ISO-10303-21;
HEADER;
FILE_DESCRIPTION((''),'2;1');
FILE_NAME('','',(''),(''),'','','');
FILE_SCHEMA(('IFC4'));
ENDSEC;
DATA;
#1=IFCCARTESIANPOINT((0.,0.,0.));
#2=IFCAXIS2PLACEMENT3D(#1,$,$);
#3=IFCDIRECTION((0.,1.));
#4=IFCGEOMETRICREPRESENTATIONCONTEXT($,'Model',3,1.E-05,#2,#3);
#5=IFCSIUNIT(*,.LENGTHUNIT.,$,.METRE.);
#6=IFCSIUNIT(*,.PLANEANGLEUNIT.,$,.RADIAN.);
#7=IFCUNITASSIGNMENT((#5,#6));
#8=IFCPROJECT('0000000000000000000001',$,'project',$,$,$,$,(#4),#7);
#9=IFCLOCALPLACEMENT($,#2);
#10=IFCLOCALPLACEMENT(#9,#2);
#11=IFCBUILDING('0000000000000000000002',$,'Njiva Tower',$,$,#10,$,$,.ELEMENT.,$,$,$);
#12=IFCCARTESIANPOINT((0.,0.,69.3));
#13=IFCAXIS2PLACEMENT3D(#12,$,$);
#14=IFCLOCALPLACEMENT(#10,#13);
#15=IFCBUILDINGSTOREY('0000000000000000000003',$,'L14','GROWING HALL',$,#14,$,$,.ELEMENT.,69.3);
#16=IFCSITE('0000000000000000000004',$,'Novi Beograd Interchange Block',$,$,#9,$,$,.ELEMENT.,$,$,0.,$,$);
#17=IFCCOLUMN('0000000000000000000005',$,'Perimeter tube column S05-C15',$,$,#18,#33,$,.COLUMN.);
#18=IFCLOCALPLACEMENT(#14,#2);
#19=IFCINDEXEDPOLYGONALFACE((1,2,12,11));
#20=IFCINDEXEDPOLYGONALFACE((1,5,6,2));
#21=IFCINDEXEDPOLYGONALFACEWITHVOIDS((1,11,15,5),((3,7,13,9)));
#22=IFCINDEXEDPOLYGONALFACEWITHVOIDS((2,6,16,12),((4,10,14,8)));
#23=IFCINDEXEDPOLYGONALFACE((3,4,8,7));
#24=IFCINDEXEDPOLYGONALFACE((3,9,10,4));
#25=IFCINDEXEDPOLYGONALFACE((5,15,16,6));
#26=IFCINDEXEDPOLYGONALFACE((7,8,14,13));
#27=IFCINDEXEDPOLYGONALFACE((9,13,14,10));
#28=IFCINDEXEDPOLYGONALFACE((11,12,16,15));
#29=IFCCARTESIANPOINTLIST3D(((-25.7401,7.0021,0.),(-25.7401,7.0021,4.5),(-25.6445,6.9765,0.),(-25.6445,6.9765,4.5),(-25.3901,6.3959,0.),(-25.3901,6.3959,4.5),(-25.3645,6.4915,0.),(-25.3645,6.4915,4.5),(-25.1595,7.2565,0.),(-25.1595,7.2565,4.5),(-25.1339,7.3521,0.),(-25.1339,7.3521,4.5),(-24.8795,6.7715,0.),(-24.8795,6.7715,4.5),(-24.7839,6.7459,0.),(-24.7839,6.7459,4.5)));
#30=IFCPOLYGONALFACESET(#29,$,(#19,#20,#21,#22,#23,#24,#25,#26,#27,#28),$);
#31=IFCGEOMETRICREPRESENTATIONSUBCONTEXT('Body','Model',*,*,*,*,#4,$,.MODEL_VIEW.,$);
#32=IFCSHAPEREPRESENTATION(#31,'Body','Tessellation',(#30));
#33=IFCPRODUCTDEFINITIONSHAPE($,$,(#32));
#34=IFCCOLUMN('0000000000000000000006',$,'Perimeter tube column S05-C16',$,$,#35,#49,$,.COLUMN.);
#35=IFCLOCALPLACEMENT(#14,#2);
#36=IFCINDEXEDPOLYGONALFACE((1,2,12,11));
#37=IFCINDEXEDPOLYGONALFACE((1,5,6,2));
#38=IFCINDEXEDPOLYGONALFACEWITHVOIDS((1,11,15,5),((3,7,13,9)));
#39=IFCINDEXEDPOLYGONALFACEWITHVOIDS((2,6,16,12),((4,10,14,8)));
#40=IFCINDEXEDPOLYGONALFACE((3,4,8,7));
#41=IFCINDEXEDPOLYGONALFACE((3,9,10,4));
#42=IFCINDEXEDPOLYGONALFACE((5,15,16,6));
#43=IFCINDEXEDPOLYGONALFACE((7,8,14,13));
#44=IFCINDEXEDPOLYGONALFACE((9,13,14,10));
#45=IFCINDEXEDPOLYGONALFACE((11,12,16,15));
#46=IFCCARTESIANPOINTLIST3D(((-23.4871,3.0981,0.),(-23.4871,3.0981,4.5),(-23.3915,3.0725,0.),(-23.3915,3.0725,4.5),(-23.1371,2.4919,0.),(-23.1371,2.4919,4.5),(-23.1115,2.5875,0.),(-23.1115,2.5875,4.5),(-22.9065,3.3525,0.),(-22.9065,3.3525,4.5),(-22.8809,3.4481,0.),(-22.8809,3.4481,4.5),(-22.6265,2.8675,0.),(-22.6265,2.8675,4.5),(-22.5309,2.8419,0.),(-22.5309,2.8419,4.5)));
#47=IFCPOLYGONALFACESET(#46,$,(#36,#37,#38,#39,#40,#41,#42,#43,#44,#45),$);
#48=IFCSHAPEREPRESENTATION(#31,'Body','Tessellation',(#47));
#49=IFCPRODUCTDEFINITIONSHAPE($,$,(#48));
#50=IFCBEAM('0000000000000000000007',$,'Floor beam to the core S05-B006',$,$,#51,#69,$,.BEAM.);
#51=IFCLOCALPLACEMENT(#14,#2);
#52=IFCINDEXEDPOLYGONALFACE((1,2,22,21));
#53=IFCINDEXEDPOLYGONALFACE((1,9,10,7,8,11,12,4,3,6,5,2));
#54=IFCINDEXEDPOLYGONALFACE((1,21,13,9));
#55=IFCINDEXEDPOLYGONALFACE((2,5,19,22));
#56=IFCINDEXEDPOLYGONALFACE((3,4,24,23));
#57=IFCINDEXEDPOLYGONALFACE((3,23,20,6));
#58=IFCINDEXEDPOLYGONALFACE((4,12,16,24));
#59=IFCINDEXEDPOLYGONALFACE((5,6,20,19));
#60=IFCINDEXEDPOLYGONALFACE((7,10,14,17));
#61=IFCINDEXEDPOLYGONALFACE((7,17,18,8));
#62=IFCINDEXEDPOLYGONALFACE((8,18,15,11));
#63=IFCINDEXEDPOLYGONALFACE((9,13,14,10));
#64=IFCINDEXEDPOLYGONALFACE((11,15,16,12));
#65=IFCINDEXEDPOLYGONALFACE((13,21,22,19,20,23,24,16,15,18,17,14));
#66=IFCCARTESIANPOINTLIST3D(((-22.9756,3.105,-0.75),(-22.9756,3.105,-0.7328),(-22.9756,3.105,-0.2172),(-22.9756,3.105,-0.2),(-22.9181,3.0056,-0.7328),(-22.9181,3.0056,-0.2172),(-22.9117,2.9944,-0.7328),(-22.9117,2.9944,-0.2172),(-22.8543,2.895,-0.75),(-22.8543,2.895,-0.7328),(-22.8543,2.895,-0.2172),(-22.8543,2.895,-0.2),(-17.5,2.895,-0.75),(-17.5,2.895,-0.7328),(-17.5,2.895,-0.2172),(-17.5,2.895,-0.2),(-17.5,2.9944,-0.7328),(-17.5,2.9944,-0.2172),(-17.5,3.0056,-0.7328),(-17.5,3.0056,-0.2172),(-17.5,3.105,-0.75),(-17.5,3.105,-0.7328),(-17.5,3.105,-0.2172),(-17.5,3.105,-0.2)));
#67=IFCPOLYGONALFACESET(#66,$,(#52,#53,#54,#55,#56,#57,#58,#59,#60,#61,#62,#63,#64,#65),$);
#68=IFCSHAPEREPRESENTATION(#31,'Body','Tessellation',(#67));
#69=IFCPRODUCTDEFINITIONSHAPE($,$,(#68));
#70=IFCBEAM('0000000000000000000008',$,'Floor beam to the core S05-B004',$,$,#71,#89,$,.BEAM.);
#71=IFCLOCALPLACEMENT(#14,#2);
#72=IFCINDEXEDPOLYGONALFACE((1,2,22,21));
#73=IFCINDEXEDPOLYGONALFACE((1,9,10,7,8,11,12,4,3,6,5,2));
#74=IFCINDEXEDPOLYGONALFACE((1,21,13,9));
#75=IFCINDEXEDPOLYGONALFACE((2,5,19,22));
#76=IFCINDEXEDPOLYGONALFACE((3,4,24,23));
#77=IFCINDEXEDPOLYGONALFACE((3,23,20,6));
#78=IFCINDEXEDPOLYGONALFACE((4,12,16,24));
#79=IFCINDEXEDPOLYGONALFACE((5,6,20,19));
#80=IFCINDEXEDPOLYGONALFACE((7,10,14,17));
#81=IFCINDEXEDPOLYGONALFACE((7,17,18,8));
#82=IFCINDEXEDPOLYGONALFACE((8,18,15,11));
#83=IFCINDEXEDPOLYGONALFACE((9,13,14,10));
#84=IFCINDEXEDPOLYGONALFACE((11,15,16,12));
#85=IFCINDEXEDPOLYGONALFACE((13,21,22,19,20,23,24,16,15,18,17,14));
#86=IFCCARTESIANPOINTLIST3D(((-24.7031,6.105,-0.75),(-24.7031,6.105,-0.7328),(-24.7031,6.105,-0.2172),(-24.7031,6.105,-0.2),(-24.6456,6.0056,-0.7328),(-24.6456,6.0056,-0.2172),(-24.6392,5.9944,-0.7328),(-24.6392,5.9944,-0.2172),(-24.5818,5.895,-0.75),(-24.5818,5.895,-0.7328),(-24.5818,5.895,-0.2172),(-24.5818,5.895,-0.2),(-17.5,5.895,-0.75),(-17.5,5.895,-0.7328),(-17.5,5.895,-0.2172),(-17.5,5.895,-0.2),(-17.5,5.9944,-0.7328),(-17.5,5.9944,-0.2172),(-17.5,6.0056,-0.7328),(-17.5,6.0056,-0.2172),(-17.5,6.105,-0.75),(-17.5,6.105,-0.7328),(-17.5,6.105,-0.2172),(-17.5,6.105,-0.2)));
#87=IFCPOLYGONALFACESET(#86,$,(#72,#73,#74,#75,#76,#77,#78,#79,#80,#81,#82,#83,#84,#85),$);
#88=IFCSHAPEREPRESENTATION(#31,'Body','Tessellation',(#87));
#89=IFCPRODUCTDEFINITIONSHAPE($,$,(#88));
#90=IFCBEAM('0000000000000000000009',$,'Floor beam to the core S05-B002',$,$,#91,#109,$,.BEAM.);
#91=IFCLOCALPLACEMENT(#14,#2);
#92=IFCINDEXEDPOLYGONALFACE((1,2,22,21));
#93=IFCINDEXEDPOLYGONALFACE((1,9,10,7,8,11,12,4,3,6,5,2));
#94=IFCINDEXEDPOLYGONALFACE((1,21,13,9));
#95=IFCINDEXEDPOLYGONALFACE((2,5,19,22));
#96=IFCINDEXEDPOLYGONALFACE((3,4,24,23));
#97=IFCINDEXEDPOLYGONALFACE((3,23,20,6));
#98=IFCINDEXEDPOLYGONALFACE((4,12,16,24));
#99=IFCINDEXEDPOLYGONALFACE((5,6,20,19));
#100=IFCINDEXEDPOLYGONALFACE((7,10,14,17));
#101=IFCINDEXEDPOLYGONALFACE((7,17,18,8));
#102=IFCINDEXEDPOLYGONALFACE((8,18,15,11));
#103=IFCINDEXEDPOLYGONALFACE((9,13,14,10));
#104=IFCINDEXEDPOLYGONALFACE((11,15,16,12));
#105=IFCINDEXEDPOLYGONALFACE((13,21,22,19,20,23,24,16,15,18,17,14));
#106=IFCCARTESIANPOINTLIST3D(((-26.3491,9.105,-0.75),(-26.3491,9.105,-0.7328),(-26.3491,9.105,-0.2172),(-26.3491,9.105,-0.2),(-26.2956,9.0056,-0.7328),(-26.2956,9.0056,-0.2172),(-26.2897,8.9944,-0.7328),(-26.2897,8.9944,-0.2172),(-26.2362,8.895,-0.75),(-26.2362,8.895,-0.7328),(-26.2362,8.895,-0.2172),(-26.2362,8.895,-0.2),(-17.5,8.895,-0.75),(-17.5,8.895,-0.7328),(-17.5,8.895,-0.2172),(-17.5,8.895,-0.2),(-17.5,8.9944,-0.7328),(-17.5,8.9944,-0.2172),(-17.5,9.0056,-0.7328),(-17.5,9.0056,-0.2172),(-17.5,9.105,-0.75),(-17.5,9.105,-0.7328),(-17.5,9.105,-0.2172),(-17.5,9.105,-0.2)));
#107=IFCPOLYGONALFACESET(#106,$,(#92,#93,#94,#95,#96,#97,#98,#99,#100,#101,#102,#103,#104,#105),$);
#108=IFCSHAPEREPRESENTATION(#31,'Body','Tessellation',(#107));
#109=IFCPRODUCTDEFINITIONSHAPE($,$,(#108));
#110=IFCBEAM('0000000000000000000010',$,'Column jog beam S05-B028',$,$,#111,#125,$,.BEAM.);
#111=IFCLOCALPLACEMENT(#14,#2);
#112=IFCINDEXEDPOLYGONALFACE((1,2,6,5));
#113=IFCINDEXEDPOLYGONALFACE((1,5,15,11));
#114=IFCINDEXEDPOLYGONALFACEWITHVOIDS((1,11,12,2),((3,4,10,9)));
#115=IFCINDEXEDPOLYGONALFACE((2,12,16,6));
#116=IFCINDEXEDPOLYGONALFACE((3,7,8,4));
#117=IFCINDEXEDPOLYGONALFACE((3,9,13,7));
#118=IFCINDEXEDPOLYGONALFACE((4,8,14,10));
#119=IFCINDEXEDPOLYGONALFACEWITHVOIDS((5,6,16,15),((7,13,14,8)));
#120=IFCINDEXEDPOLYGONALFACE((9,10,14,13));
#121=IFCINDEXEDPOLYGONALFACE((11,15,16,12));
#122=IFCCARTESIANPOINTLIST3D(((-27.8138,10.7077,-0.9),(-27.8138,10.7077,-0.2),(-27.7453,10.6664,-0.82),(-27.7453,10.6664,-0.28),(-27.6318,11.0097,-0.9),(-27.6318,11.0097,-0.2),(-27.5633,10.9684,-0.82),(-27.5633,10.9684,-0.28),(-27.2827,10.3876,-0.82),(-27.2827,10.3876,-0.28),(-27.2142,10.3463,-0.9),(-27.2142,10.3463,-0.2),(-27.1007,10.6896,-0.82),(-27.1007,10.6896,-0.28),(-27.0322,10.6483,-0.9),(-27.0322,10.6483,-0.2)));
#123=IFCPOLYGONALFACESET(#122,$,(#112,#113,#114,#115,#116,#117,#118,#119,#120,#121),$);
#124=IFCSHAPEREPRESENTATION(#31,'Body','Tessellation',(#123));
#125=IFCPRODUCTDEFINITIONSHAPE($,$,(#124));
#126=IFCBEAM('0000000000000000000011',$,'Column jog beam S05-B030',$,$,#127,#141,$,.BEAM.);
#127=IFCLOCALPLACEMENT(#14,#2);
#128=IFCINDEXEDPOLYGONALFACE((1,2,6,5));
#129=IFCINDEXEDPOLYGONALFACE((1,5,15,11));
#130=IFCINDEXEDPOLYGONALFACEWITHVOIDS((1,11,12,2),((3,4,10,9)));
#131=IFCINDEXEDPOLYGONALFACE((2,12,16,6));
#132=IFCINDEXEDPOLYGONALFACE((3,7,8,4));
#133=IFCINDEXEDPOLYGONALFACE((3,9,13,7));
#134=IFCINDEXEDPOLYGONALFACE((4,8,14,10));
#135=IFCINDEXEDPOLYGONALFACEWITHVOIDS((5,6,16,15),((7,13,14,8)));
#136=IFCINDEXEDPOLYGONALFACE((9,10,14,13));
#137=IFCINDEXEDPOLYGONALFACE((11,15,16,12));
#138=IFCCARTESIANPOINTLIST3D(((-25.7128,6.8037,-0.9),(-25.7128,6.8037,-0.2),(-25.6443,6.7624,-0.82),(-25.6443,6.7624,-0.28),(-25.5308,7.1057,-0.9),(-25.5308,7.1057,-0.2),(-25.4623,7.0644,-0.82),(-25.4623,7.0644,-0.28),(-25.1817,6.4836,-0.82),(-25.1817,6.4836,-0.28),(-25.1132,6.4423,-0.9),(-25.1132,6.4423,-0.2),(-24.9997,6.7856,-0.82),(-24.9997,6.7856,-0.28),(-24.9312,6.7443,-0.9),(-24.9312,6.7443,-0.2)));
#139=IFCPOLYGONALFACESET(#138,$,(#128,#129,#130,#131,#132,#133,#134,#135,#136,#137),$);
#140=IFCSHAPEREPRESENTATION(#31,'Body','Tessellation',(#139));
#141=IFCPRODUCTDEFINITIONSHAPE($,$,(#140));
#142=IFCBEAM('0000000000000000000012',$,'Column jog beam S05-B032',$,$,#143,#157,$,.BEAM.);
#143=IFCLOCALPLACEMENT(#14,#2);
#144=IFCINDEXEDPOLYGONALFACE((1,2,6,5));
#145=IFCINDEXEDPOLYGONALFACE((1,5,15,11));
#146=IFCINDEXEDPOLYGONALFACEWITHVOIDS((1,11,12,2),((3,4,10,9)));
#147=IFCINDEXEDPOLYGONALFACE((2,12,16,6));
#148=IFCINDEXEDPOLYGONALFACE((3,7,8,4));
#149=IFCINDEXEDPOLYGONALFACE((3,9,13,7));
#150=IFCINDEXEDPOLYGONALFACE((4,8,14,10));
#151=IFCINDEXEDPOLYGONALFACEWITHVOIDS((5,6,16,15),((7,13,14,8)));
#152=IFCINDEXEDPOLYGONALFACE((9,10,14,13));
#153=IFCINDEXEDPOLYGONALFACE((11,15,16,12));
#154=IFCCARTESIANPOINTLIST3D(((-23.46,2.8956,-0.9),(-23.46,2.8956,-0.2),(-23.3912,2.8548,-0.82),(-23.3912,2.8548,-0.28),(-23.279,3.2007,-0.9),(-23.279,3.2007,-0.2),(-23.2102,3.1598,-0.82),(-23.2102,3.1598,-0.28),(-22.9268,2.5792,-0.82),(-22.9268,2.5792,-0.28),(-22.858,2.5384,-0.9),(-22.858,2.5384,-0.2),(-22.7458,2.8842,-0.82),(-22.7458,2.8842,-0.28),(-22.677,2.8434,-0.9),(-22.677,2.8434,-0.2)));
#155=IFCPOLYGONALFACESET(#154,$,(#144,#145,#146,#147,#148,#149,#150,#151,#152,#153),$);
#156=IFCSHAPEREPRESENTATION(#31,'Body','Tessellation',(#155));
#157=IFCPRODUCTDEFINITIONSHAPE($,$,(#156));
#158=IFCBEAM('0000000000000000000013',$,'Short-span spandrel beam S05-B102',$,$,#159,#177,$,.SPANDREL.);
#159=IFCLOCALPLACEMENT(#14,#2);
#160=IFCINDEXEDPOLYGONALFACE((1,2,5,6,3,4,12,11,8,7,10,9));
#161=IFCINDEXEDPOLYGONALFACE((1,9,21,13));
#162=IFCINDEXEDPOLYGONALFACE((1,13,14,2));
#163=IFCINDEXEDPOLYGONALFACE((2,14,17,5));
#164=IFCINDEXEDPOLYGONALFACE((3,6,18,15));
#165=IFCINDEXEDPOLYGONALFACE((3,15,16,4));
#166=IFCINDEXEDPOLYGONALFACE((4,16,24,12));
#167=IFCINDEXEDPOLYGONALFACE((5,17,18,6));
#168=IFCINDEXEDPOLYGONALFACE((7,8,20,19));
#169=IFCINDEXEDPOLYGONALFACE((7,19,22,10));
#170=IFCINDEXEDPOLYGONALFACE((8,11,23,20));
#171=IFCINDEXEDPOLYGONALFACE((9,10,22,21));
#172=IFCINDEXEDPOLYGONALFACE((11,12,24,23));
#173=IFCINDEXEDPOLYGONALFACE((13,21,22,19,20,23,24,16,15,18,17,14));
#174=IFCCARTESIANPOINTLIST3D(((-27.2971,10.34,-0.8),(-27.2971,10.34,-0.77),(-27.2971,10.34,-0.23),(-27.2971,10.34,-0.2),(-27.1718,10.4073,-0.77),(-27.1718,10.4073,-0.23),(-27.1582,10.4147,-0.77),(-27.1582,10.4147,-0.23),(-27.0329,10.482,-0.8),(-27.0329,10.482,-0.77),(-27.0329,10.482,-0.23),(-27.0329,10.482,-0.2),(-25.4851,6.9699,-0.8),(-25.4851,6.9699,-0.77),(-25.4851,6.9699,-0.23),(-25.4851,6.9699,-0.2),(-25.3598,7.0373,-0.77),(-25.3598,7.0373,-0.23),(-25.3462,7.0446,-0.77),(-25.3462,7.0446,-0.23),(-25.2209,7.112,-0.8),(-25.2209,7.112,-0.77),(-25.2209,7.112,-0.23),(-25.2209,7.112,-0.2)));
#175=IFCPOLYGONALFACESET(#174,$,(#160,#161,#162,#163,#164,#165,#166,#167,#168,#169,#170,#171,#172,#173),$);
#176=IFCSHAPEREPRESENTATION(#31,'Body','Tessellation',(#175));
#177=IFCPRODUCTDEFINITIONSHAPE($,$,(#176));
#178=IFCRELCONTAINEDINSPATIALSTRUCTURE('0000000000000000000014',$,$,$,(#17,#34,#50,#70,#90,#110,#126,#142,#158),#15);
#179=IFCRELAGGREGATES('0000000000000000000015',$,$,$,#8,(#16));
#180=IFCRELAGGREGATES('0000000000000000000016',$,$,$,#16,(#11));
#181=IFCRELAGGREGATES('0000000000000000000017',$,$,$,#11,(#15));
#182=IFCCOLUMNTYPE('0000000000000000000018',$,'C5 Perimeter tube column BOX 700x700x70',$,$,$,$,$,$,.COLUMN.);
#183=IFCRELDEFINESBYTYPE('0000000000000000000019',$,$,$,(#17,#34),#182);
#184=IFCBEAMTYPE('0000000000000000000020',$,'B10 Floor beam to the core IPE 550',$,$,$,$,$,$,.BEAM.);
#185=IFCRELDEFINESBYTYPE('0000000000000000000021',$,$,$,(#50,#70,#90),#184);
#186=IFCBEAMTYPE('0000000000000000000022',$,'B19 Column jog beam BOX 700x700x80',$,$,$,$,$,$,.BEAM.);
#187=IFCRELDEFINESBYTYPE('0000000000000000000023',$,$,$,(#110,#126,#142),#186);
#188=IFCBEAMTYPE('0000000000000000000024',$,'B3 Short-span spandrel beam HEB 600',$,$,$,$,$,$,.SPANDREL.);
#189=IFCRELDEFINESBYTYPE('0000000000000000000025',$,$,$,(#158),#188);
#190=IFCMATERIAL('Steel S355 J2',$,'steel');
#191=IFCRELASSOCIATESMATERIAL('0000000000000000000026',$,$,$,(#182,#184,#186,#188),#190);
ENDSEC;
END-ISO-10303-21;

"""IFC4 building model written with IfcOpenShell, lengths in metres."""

from ifc_helpers import new_model, si_unit, direction, frame, origin, origin_2d, place, context, subcontext, project, spatial, hollow_rectangle, i_section, extrude, clip, halfspace, material, material_profile, profile_set, type_object, element, save


model = new_model("IFC4")

# Units and contexts
model_context = context("Model", 3, precision=1e-05, world=origin(), true_north=direction((0.0, 1.0)))
body_context = subcontext(model_context, "Body", "Model", "MODEL_VIEW")
ifc_project = project(units=[si_unit("LENGTHUNIT", "METRE"), si_unit("PLANEANGLEUNIT", "RADIAN")], contexts=[model_context])

# Site, building, storey
site_placement = place(None, origin())
site = spatial("IfcSite", under=ifc_project, at=site_placement, Name="Novi Beograd Interchange Block", CompositionType="ELEMENT", RefElevation=0.0)
building_placement = place(site_placement, origin())
building = spatial("IfcBuilding", under=site, at=building_placement, Name="Njiva Tower", CompositionType="ELEMENT")
storey_placement = place(building_placement, frame((0.0, 0.0, 69.3)))
storey = spatial("IfcBuildingStorey", under=building, at=storey_placement, Name="L14", Description="GROWING HALL", CompositionType="ELEMENT", Elevation=69.3)

# Columns
ifc_material_1 = material(Name="Steel S355 J2", Category="steel")
ifc_material_profile_1 = material_profile(ifc_material_1, hollow_rectangle(XDim=0.7, YDim=0.7, WallThickness=0.07, at=origin_2d()), Name="BOX 700x700x70")
ifc_profile_set_1 = profile_set([ifc_material_profile_1], Name="Steel S355 J2")
column_type = type_object("IfcColumnType", Name="C5 Perimeter tube column BOX 700x700x70", PredefinedType="COLUMN", material=ifc_profile_set_1)
for number, where, z_axis, x_axis, name in (
    (1, (-25.262, 6.874, 0.0), (0.0, 0.0, 1.0), (0.5, -0.866025, 0.0), "Perimeter tube column S05-C15"),
    (2, (-23.009, 2.97, 0.0), (0.0, 0.0, 1.0), (0.5, -0.866025, 0.0), "Perimeter tube column S05-C16"),
):
    element("IfcColumn", number, at=place(storey_placement, frame(where, z_axis=z_axis, x_axis=x_axis)), inside=storey, type_object=column_type, Name=name, PredefinedType="COLUMN", context=body_context, shape_type="SweptSolid", body=[
        extrude(hollow_rectangle(XDim=0.7, YDim=0.7, WallThickness=0.07, at=origin_2d()), origin(), (0.0, 0.0, 1.0), 4.5),
    ])

# Beams
ifc_material_profile_2 = material_profile(ifc_material_1, i_section(OverallWidth=0.21, OverallDepth=0.55, WebThickness=0.0111, FlangeThickness=0.0172, at=origin_2d()), Name="IPE 550")
ifc_profile_set_2 = profile_set([ifc_material_profile_2], Name="Steel S355 J2")
beam_type_1 = type_object("IfcBeamType", Name="B10 Floor beam to the core IPE 550", PredefinedType="BEAM", material=ifc_profile_set_2)
beam_1_placement = place(storey_placement, frame((-22.996, 3.0, -0.475), z_axis=(1.0, 0.0, 0.0), x_axis=(0.0, 1.0, 0.0)))
element("IfcBeam", 3, at=beam_1_placement, inside=storey, type_object=beam_type_1, Name="Floor beam to the core S05-B006", PredefinedType="BEAM", context=body_context, shape_type="Clipping", body=[
    clip(extrude(i_section(OverallWidth=0.21, OverallDepth=0.55, WebThickness=0.0111, FlangeThickness=0.0172, at=origin_2d()), origin(), (0.0, 0.0, 1.0), 5.496), halfspace(frame((-0.025, 0.0, 0.0955), z_axis=(-0.499998, 0.0, -0.866027), x_axis=(0.0, -1.0, 0.0)), False)),
])
beam_2_placement = place(storey_placement, frame((-24.723, 6.0, -0.475), z_axis=(1.0, 0.0, 0.0), x_axis=(0.0, 1.0, 0.0)))
element("IfcBeam", 4, at=beam_2_placement, inside=storey, type_object=beam_type_1, Name="Floor beam to the core S05-B004", PredefinedType="BEAM", context=body_context, shape_type="Clipping", body=[
    clip(extrude(i_section(OverallWidth=0.21, OverallDepth=0.55, WebThickness=0.0111, FlangeThickness=0.0172, at=origin_2d()), origin(), (0.0, 0.0, 1.0), 7.223), halfspace(frame((-0.025, 0.0, 0.095), z_axis=(-0.499998, 0.0, -0.866027), x_axis=(0.0, -1.0, 0.0)), False)),
])
beam_3_placement = place(storey_placement, frame((-26.369, 9.0, -0.475), z_axis=(1.0, 0.0, 0.0), x_axis=(0.0, 1.0, 0.0)))
element("IfcBeam", 5, at=beam_3_placement, inside=storey, type_object=beam_type_1, Name="Floor beam to the core S05-B002", PredefinedType="BEAM", context=body_context, shape_type="Clipping", body=[
    clip(extrude(i_section(OverallWidth=0.21, OverallDepth=0.55, WebThickness=0.0111, FlangeThickness=0.0172, at=origin_2d()), origin(), (0.0, 0.0, 1.0), 8.869), halfspace(frame((-0.0237, 0.0, 0.0891), z_axis=(-0.473769, 0.0, -0.880649), x_axis=(0.0, -1.0, 0.0)), False)),
])
ifc_material_profile_3 = material_profile(ifc_material_1, hollow_rectangle(XDim=0.7, YDim=0.7, WallThickness=0.08, at=origin_2d()), Name="BOX 700x700x80")
ifc_profile_set_3 = profile_set([ifc_material_profile_3], Name="Steel S355 J2")
beam_type_2 = type_object("IfcBeamType", Name="B19 Column jog beam BOX 700x700x80", PredefinedType="BEAM", material=ifc_profile_set_3)
for number, where, z_axis, x_axis, name in (
    (6, (-27.514, 10.527, -0.55), (0.516163, 0.85649, 0.0), (-0.85649, 0.516163, 0.0), "Column jog beam S05-B028"),
    (7, (-25.413, 6.623, -0.55), (0.516163, 0.85649, 0.0), (-0.85649, 0.516163, 0.0), "Column jog beam S05-B030"),
):
    element("IfcBeam", number, at=place(storey_placement, frame(where, z_axis=z_axis, x_axis=x_axis)), inside=storey, type_object=beam_type_2, Name=name, PredefinedType="BEAM", context=body_context, shape_type="SweptSolid", body=[
        extrude(hollow_rectangle(XDim=0.7, YDim=0.7, WallThickness=0.08, at=origin_2d()), origin(), (0.0, 0.0, 1.0), 0.3526),
    ])
beam_4_placement = place(storey_placement, frame((-23.159, 2.717, -0.55), z_axis=(0.510343, 0.859971, 0.0), x_axis=(-0.859971, 0.510343, 0.0)))
element("IfcBeam", 8, at=beam_4_placement, inside=storey, type_object=beam_type_2, Name="Column jog beam S05-B032", PredefinedType="BEAM", context=body_context, shape_type="SweptSolid", body=[
    extrude(hollow_rectangle(XDim=0.7, YDim=0.7, WallThickness=0.08, at=origin_2d()), origin(), (0.0, 0.0, 1.0), 0.3547),
])
ifc_material_profile_4 = material_profile(ifc_material_1, i_section(OverallWidth=0.3, OverallDepth=0.6, WebThickness=0.0155, FlangeThickness=0.03, at=origin_2d()), Name="HEB 600")
ifc_profile_set_4 = profile_set([ifc_material_profile_4], Name="Steel S355 J2")
beam_type_3 = type_object("IfcBeamType", Name="B3 Short-span spandrel beam HEB 600", PredefinedType="SPANDREL", material=ifc_profile_set_4)
beam_5_placement = place(storey_placement, frame((-27.165, 10.411, -0.5), z_axis=(0.47357, -0.880756, 0.0), x_axis=(0.880756, 0.47357, 0.0)))
element("IfcBeam", 9, at=beam_5_placement, inside=storey, type_object=beam_type_3, Name="Short-span spandrel beam S05-B102", PredefinedType="SPANDREL", context=body_context, shape_type="SweptSolid", body=[
    extrude(i_section(OverallWidth=0.3, OverallDepth=0.6, WebThickness=0.0155, FlangeThickness=0.03, at=origin_2d()), origin(), (0.0, 0.0, 1.0), 3.8263),
])

save(model, "model.ifc")
